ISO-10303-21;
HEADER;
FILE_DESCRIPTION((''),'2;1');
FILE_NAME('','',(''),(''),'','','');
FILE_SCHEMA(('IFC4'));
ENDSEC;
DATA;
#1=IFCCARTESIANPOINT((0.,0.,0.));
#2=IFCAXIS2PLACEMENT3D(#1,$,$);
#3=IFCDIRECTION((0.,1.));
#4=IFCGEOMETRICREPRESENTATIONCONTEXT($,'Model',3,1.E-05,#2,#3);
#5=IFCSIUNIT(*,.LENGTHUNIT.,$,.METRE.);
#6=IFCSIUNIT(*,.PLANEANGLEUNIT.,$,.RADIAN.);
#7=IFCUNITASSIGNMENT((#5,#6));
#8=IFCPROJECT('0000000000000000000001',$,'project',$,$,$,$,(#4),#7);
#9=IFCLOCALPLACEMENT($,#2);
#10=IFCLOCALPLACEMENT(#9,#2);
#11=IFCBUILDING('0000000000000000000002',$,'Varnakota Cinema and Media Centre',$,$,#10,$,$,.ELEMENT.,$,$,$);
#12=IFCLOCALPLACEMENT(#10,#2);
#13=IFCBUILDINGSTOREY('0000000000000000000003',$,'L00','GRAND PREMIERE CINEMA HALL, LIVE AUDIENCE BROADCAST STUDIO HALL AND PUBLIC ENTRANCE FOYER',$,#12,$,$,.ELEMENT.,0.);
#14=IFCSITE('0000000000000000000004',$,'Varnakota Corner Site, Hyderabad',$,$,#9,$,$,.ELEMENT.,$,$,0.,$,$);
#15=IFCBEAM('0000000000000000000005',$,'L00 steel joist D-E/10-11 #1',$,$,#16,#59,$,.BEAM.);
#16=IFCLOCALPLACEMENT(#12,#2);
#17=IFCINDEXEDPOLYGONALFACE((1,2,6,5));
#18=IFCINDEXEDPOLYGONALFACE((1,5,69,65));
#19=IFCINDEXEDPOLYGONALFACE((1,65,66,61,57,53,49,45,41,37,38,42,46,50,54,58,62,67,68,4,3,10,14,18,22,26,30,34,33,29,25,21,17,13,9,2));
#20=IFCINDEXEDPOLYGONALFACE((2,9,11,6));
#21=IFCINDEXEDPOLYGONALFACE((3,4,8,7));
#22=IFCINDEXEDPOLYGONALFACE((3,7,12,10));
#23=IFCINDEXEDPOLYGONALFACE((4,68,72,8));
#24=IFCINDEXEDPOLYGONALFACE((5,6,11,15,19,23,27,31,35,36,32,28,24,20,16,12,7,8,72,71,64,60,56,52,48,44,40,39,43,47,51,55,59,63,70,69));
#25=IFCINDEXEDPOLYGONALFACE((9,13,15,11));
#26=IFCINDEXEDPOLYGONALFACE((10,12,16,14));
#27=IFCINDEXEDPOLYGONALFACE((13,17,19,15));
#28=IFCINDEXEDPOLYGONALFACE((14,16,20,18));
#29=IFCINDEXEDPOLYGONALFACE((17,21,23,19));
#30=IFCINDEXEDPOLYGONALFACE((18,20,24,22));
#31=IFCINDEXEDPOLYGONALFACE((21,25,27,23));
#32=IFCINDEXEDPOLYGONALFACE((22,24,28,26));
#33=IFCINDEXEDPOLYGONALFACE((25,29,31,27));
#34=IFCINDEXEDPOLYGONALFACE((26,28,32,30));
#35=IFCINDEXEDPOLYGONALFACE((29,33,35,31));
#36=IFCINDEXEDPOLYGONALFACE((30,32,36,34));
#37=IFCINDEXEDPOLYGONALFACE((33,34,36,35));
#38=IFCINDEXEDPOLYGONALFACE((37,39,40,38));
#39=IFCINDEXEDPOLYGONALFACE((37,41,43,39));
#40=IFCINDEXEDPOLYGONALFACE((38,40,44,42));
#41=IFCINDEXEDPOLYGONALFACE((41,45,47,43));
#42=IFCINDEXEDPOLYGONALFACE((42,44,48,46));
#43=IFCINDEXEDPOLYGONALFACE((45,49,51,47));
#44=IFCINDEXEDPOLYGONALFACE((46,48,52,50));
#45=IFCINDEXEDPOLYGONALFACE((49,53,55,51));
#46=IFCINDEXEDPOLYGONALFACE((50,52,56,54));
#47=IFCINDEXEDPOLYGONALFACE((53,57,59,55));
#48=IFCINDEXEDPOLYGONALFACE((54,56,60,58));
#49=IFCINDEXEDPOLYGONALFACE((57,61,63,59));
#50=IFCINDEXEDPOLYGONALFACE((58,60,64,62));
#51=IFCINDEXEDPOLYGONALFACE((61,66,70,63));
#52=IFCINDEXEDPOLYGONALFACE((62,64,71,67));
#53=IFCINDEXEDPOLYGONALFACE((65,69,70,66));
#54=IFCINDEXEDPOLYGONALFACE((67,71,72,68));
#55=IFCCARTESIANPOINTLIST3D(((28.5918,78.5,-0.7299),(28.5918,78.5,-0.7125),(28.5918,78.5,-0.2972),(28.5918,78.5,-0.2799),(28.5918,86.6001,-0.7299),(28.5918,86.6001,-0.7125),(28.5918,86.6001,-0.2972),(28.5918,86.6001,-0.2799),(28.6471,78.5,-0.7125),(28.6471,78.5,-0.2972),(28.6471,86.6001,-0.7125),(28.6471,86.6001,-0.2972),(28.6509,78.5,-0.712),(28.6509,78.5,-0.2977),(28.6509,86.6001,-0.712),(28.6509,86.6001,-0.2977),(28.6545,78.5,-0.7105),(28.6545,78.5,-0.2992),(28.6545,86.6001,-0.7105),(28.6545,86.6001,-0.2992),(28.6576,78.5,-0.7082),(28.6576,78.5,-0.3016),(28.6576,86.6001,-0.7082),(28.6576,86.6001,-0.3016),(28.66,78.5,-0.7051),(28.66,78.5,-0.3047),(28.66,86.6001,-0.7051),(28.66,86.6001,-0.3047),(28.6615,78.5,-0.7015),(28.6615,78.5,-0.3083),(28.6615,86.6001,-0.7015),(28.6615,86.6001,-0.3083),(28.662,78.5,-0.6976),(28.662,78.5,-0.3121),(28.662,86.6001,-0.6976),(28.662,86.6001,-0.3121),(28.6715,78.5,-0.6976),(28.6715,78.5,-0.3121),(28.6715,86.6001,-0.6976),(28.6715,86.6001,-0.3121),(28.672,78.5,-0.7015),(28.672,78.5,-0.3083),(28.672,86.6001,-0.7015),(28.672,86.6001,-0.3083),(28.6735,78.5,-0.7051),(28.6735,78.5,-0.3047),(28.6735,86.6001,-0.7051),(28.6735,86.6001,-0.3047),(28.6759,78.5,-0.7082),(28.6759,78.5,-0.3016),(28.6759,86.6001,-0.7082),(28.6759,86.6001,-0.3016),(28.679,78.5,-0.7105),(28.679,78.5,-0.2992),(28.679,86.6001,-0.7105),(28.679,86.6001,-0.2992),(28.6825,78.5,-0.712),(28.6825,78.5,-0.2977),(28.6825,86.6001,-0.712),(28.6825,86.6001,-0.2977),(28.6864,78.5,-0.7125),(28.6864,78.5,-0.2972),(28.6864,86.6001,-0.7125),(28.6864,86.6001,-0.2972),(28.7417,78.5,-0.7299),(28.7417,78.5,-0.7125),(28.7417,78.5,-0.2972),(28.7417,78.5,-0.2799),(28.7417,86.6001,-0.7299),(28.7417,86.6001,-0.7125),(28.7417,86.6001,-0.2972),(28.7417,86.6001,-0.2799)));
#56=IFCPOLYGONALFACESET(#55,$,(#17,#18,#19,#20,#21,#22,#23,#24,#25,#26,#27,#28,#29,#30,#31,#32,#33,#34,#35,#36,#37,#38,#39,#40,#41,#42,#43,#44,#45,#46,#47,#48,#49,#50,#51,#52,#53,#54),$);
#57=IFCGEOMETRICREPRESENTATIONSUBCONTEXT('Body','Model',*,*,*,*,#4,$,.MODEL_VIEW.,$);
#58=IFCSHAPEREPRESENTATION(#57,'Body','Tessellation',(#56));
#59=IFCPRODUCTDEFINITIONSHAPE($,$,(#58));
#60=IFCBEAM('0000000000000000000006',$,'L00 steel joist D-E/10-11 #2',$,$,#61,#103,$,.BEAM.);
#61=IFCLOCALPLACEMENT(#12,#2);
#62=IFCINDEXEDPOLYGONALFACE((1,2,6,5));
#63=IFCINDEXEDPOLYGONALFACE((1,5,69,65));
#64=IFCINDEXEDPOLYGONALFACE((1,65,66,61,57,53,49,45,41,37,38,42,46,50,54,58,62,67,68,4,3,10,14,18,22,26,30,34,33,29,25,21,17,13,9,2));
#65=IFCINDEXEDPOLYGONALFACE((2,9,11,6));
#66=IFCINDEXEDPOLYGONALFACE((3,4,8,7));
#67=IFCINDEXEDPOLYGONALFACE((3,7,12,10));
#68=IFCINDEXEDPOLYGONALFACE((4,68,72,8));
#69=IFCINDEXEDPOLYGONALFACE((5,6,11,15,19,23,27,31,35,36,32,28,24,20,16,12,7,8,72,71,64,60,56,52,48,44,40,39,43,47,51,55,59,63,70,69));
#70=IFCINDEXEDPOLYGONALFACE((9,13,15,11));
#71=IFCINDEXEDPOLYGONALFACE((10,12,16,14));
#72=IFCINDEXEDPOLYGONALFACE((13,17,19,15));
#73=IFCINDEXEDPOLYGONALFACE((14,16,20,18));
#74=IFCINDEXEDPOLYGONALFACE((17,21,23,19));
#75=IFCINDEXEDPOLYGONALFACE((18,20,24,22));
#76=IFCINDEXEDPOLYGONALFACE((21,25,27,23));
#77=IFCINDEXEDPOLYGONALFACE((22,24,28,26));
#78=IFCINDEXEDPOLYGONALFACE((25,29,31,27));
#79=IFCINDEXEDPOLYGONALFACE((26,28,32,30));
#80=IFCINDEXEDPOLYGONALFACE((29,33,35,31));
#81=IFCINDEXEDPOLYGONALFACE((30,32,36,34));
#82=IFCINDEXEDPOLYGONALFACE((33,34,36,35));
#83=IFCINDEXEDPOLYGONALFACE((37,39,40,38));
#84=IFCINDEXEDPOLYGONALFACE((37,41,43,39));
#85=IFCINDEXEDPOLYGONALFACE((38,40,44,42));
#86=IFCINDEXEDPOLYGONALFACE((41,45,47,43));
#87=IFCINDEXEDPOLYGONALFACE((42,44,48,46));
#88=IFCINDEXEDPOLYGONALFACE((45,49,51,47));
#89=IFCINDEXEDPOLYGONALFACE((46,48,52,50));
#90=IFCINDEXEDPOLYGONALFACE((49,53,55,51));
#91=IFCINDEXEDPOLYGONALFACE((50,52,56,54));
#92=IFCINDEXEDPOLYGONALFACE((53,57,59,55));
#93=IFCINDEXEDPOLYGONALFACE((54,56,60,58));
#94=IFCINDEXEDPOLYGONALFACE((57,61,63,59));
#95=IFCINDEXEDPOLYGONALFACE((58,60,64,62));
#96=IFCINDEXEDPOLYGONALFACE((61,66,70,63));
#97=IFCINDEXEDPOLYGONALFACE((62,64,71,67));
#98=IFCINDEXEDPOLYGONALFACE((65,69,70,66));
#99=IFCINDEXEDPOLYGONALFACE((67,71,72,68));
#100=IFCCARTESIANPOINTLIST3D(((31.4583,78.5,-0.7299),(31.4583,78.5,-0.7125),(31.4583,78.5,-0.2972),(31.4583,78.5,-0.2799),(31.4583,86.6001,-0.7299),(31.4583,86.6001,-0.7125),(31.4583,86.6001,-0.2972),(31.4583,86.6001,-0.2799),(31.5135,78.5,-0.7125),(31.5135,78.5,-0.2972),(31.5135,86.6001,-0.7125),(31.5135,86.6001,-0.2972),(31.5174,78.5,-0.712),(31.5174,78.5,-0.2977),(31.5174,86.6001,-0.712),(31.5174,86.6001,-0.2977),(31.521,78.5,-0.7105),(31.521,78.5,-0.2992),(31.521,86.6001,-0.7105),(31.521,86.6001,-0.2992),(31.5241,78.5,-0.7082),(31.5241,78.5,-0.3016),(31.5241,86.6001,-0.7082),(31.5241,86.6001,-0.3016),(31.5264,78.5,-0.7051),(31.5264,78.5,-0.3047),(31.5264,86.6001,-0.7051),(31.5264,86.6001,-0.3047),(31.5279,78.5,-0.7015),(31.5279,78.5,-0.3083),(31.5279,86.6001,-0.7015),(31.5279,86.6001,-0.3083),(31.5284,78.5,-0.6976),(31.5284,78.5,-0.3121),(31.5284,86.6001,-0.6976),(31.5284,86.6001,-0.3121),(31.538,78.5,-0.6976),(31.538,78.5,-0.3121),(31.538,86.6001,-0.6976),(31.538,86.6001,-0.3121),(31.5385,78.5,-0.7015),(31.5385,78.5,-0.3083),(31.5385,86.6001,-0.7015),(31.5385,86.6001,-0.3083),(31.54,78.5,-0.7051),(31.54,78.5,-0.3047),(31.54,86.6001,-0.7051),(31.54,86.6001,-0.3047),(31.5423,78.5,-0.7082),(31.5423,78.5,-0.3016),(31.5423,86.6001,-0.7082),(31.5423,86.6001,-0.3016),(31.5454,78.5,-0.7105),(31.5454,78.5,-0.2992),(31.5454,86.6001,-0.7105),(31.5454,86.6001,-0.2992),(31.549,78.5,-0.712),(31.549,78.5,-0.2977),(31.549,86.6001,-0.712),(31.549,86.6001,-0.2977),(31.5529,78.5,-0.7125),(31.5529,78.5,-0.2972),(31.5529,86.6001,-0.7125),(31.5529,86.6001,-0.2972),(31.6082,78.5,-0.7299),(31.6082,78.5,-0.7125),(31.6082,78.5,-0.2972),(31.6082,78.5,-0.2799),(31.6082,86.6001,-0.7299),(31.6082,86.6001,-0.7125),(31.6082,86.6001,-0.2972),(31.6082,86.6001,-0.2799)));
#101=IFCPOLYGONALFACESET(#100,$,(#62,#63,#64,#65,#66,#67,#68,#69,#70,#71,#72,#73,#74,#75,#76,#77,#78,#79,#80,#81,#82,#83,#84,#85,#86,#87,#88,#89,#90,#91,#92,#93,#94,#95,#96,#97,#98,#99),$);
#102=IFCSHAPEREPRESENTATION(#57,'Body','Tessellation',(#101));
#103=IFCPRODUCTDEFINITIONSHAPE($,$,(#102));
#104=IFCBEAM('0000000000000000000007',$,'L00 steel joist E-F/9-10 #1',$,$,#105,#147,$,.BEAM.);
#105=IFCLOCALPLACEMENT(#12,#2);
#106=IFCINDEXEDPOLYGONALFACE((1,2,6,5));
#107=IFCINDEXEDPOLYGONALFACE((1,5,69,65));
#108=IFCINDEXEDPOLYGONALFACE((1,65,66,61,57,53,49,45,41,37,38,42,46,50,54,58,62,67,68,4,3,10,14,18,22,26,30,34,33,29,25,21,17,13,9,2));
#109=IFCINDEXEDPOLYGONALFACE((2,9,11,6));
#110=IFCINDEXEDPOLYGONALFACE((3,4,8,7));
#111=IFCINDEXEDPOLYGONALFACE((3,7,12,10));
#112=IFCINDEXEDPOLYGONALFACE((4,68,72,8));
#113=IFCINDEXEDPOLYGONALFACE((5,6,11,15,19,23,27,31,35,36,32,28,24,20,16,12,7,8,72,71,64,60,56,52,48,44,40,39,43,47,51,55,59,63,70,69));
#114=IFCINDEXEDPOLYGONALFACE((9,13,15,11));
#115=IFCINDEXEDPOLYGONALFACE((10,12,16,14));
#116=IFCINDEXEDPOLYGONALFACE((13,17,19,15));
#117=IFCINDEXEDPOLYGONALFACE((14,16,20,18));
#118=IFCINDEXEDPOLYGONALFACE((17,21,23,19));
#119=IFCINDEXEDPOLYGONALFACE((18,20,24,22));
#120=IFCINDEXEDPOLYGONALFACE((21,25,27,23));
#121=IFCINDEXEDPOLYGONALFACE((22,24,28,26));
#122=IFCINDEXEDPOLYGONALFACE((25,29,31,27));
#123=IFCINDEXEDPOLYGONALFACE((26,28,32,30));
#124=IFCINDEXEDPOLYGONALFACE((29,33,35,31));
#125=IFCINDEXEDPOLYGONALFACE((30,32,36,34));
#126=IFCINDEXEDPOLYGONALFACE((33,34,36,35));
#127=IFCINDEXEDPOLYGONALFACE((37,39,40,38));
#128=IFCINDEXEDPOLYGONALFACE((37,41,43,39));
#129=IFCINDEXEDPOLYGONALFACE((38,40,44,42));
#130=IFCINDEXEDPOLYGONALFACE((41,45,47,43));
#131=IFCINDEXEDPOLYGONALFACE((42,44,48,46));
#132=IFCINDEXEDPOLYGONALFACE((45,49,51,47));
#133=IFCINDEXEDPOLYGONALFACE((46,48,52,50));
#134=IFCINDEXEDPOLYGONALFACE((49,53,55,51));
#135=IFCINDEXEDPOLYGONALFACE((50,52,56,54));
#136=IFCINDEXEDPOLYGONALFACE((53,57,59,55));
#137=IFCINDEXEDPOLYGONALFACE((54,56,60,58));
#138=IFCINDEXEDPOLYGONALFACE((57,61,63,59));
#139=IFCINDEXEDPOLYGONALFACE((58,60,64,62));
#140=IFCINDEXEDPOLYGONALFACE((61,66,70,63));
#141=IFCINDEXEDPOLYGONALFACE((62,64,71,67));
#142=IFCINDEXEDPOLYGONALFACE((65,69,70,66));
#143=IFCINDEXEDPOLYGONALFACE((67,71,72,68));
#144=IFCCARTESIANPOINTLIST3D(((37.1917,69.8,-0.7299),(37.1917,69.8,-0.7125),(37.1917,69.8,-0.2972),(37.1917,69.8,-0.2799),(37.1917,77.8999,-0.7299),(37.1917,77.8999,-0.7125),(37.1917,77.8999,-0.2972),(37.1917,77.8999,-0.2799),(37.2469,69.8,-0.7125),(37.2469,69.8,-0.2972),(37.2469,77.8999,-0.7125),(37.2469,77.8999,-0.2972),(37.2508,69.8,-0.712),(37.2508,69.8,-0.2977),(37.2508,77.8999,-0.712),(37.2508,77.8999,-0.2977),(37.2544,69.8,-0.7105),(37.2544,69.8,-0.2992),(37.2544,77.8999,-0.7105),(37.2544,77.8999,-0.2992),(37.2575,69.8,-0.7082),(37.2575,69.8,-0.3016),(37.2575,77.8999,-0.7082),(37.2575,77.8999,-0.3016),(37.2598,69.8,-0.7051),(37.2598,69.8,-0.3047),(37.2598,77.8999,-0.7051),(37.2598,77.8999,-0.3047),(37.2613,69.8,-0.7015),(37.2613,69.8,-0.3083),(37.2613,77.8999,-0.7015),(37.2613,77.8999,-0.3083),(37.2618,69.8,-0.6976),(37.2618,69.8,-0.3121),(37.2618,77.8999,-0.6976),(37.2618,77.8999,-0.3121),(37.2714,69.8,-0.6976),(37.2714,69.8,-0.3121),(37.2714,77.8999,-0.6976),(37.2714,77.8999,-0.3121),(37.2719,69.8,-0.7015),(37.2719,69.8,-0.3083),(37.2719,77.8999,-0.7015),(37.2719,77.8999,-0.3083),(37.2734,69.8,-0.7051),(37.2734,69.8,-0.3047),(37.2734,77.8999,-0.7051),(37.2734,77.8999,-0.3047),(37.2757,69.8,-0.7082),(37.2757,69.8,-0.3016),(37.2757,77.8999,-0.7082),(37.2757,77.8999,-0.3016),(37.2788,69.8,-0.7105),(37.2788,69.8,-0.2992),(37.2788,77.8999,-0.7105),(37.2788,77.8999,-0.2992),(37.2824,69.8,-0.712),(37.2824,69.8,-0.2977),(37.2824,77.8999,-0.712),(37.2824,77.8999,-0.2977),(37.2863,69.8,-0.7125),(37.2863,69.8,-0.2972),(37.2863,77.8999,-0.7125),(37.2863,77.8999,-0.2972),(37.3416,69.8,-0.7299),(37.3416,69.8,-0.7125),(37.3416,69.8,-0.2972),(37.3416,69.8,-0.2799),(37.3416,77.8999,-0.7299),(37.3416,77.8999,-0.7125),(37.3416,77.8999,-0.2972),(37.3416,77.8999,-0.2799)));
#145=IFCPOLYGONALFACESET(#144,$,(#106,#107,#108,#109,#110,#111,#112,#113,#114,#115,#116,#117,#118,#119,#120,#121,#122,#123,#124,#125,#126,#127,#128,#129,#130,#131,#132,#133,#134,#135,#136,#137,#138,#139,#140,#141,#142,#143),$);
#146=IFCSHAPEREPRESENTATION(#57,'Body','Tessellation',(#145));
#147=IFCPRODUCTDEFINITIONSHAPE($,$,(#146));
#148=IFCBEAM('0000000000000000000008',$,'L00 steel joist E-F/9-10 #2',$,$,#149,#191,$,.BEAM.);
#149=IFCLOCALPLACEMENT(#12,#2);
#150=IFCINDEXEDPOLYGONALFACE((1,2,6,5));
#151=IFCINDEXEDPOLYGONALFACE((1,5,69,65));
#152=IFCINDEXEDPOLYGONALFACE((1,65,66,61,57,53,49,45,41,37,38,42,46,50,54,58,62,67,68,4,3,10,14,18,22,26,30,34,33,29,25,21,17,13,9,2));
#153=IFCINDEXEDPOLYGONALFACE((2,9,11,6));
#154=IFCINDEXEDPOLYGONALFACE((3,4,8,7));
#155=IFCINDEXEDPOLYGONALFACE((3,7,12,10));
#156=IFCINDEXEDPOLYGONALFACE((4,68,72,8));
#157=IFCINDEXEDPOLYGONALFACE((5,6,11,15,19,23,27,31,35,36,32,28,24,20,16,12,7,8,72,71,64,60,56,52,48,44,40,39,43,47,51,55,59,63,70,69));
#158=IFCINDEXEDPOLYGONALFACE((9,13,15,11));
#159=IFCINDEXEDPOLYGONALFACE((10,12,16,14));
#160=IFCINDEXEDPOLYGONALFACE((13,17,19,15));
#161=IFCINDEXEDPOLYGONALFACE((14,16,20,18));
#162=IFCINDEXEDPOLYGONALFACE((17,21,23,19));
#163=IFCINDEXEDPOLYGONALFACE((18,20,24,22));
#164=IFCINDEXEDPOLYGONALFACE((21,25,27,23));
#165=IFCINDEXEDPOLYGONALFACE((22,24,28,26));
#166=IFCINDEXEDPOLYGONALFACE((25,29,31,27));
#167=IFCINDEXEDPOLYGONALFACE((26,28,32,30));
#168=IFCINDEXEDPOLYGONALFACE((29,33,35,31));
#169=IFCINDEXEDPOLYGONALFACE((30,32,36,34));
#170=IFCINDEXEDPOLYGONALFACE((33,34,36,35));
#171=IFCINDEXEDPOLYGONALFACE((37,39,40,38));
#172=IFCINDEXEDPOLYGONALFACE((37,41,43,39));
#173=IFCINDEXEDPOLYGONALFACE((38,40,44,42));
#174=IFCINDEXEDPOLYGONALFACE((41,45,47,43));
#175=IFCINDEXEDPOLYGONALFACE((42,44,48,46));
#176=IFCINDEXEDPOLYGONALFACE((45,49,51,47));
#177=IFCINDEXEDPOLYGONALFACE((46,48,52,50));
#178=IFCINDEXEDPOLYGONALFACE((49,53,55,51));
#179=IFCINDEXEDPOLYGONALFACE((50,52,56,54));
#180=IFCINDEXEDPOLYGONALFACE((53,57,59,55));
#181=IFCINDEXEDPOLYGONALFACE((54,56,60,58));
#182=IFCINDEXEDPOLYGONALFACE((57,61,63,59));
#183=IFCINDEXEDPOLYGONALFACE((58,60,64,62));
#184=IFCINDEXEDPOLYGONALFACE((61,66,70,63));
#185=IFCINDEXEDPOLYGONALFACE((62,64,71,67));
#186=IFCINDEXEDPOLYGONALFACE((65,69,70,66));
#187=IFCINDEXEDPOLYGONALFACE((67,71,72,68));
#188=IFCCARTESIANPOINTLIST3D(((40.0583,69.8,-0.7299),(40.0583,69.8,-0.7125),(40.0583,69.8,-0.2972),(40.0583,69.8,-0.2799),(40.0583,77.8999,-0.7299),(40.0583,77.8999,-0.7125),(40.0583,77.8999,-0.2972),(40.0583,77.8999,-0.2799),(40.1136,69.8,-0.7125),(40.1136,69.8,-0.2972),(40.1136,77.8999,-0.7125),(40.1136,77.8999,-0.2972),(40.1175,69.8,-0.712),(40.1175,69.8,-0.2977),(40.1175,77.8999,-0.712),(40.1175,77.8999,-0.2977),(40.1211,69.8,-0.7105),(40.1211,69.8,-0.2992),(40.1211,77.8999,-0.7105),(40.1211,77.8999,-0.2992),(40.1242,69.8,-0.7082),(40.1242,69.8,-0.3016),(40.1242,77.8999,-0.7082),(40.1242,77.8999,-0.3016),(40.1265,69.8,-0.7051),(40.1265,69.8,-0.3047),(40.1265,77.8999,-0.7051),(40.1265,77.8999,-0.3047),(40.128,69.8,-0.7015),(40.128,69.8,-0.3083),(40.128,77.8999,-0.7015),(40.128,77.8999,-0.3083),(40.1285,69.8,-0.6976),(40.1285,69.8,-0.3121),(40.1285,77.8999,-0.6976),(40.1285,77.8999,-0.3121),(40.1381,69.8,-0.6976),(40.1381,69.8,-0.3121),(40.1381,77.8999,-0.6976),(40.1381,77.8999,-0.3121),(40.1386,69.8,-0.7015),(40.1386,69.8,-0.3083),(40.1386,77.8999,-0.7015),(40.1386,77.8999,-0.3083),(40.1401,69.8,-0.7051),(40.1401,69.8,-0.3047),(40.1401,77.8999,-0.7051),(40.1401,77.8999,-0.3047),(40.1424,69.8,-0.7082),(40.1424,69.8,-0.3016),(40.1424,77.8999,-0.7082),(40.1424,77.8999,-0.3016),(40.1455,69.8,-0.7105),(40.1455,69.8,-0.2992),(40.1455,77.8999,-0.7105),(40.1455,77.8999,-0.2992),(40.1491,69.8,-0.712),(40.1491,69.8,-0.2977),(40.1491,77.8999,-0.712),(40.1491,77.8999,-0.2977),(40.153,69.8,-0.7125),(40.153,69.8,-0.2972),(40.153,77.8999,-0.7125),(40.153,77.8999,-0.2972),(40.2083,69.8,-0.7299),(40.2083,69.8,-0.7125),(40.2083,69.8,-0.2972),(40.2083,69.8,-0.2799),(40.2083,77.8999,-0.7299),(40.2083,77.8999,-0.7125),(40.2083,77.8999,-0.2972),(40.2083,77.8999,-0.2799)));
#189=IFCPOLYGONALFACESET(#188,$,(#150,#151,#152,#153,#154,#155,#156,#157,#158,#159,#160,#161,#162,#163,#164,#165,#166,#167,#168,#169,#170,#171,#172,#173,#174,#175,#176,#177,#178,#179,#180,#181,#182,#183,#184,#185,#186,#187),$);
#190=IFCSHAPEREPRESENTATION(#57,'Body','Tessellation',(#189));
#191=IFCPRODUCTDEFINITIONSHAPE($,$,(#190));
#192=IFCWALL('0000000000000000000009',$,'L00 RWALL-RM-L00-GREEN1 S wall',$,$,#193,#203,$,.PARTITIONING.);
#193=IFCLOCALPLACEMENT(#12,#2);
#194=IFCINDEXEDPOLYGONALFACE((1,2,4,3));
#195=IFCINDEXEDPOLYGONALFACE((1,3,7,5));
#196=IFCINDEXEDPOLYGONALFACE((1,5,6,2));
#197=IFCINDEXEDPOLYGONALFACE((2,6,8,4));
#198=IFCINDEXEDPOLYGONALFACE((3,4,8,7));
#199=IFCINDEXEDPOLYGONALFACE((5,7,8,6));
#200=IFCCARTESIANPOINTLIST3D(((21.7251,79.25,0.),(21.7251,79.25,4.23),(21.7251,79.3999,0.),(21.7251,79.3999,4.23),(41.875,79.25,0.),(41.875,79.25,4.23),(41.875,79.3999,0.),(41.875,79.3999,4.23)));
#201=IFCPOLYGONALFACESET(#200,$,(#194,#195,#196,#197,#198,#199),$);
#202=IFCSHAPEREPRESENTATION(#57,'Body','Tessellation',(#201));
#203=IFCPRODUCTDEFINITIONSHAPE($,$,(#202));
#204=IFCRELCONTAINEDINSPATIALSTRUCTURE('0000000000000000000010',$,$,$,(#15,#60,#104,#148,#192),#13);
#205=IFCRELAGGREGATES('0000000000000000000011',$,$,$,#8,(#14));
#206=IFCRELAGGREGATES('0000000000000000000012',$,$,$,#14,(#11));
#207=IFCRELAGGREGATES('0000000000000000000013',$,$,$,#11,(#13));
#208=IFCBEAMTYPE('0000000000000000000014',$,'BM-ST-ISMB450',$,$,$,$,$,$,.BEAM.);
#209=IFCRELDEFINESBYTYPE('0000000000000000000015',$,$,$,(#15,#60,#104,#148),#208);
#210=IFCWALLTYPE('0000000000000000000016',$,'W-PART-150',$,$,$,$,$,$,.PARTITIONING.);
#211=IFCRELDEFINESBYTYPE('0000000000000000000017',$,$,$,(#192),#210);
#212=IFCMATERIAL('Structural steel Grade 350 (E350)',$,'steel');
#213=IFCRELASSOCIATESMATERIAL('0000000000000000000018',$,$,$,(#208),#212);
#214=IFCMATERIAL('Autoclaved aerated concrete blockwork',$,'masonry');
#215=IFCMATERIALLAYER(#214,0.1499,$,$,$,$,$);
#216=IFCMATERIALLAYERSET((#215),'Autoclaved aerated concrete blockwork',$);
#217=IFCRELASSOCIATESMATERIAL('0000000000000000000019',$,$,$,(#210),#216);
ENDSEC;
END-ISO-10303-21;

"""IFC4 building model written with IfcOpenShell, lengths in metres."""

from ifc_helpers import new_model, si_unit, direction, frame, frame_2d, origin, origin_2d, place, context, subcontext, project, spatial, rectangle, i_section, extrude, material, layer, layer_set, material_profile, profile_set, type_object, element, save


model = new_model("IFC4")

# Units and contexts
model_context = context("Model", 3, precision=1e-05, world=origin(), true_north=direction((0.0, 1.0)))
body_context = subcontext(model_context, "Body", "Model", "MODEL_VIEW")
ifc_project = project(units=[si_unit("LENGTHUNIT", "METRE"), si_unit("PLANEANGLEUNIT", "RADIAN")], contexts=[model_context])

# Site, building, storey
site_placement = place(None, origin())
site = spatial("IfcSite", under=ifc_project, at=site_placement, Name="Varnakota Corner Site, Hyderabad", CompositionType="ELEMENT", RefElevation=0.0)
building_placement = place(site_placement, origin())
building = spatial("IfcBuilding", under=site, at=building_placement, Name="Varnakota Cinema and Media Centre", CompositionType="ELEMENT")
storey_placement = place(building_placement, origin())
storey = spatial("IfcBuildingStorey", under=building, at=storey_placement, Name="L00", Description="GRAND PREMIERE CINEMA HALL, LIVE AUDIENCE BROADCAST STUDIO HALL AND PUBLIC ENTRANCE FOYER", CompositionType="ELEMENT", Elevation=0.0)

# Beams
ifc_material_1 = material(Name="Structural steel Grade 350 (E350)", Category="steel")
ifc_material_profile_1 = material_profile(ifc_material_1, i_section(OverallWidth=0.1499, OverallDepth=0.45, WebThickness=0.0095, FlangeThickness=0.0173, FilletRadius=0.0149, at=origin_2d()), Name="ISMB 450")
ifc_profile_set_1 = profile_set([ifc_material_profile_1], Name="Structural steel Grade 350 (E350)")
beam_type_1 = type_object("IfcBeamType", Name="BM-ST-ISMB450", PredefinedType="BEAM", material=ifc_profile_set_1)
for number, where, z_axis, x_axis, name in (
    (1, (28.6667, 78.5, -0.5049), (0.0, 1.0, 0.0), (-1.0, 0.0, 0.0), "L00 steel joist D-E/10-11 #1"),
    (2, (31.5332, 78.5, -0.5049), (0.0, 1.0, 0.0), (-1.0, 0.0, 0.0), "L00 steel joist D-E/10-11 #2"),
):
    element("IfcBeam", number, at=place(storey_placement, frame(where, z_axis=z_axis, x_axis=x_axis)), inside=storey, type_object=beam_type_1, Name=name, PredefinedType="BEAM", context=body_context, shape_type="SweptSolid", body=[
        extrude(i_section(OverallWidth=0.1499, OverallDepth=0.45, WebThickness=0.0095, FlangeThickness=0.0173, FilletRadius=0.0149, at=origin_2d()), origin(), (0.0, 0.0, 1.0), 8.1001),
    ])
for number, where, z_axis, x_axis, name in (
    (3, (37.2666, 69.8, -0.5049), (0.0, 1.0, 0.0), (-1.0, 0.0, 0.0), "L00 steel joist E-F/9-10 #1"),
    (4, (40.1333, 69.8, -0.5049), (0.0, 1.0, 0.0), (-1.0, 0.0, 0.0), "L00 steel joist E-F/9-10 #2"),
):
    element("IfcBeam", number, at=place(storey_placement, frame(where, z_axis=z_axis, x_axis=x_axis)), inside=storey, type_object=beam_type_1, Name=name, PredefinedType="BEAM", context=body_context, shape_type="SweptSolid", body=[
        extrude(i_section(OverallWidth=0.1499, OverallDepth=0.45, WebThickness=0.0095, FlangeThickness=0.0173, FilletRadius=0.0149, at=origin_2d()), origin(), (0.0, 0.0, 1.0), 8.0999),
    ])

# Wall
ifc_material_2 = material(Name="Autoclaved aerated concrete blockwork", Category="masonry")
ifc_layer_1 = layer(ifc_material_2, 0.1499)
ifc_layer_set_1 = layer_set([ifc_layer_1], Name="Autoclaved aerated concrete blockwork")
wall_type_1 = type_object("IfcWallType", Name="W-PART-150", PredefinedType="PARTITIONING", material=ifc_layer_set_1)
wall_1_placement = place(storey_placement, frame((41.875, 79.325, 0.0), z_axis=(0.0, 0.0, 1.0), x_axis=(-1.0, 0.0, 0.0)))
element("IfcWall", 5, at=wall_1_placement, inside=storey, type_object=wall_type_1, Name="L00 RWALL-RM-L00-GREEN1 S wall", PredefinedType="PARTITIONING", context=body_context, shape_type="SweptSolid", body=[
    extrude(rectangle(XDim=20.1499, YDim=0.1499, at=frame_2d((10.075, 0.0))), origin(), (0.0, 0.0, 1.0), 4.23),
])

save(model, "model.ifc")
